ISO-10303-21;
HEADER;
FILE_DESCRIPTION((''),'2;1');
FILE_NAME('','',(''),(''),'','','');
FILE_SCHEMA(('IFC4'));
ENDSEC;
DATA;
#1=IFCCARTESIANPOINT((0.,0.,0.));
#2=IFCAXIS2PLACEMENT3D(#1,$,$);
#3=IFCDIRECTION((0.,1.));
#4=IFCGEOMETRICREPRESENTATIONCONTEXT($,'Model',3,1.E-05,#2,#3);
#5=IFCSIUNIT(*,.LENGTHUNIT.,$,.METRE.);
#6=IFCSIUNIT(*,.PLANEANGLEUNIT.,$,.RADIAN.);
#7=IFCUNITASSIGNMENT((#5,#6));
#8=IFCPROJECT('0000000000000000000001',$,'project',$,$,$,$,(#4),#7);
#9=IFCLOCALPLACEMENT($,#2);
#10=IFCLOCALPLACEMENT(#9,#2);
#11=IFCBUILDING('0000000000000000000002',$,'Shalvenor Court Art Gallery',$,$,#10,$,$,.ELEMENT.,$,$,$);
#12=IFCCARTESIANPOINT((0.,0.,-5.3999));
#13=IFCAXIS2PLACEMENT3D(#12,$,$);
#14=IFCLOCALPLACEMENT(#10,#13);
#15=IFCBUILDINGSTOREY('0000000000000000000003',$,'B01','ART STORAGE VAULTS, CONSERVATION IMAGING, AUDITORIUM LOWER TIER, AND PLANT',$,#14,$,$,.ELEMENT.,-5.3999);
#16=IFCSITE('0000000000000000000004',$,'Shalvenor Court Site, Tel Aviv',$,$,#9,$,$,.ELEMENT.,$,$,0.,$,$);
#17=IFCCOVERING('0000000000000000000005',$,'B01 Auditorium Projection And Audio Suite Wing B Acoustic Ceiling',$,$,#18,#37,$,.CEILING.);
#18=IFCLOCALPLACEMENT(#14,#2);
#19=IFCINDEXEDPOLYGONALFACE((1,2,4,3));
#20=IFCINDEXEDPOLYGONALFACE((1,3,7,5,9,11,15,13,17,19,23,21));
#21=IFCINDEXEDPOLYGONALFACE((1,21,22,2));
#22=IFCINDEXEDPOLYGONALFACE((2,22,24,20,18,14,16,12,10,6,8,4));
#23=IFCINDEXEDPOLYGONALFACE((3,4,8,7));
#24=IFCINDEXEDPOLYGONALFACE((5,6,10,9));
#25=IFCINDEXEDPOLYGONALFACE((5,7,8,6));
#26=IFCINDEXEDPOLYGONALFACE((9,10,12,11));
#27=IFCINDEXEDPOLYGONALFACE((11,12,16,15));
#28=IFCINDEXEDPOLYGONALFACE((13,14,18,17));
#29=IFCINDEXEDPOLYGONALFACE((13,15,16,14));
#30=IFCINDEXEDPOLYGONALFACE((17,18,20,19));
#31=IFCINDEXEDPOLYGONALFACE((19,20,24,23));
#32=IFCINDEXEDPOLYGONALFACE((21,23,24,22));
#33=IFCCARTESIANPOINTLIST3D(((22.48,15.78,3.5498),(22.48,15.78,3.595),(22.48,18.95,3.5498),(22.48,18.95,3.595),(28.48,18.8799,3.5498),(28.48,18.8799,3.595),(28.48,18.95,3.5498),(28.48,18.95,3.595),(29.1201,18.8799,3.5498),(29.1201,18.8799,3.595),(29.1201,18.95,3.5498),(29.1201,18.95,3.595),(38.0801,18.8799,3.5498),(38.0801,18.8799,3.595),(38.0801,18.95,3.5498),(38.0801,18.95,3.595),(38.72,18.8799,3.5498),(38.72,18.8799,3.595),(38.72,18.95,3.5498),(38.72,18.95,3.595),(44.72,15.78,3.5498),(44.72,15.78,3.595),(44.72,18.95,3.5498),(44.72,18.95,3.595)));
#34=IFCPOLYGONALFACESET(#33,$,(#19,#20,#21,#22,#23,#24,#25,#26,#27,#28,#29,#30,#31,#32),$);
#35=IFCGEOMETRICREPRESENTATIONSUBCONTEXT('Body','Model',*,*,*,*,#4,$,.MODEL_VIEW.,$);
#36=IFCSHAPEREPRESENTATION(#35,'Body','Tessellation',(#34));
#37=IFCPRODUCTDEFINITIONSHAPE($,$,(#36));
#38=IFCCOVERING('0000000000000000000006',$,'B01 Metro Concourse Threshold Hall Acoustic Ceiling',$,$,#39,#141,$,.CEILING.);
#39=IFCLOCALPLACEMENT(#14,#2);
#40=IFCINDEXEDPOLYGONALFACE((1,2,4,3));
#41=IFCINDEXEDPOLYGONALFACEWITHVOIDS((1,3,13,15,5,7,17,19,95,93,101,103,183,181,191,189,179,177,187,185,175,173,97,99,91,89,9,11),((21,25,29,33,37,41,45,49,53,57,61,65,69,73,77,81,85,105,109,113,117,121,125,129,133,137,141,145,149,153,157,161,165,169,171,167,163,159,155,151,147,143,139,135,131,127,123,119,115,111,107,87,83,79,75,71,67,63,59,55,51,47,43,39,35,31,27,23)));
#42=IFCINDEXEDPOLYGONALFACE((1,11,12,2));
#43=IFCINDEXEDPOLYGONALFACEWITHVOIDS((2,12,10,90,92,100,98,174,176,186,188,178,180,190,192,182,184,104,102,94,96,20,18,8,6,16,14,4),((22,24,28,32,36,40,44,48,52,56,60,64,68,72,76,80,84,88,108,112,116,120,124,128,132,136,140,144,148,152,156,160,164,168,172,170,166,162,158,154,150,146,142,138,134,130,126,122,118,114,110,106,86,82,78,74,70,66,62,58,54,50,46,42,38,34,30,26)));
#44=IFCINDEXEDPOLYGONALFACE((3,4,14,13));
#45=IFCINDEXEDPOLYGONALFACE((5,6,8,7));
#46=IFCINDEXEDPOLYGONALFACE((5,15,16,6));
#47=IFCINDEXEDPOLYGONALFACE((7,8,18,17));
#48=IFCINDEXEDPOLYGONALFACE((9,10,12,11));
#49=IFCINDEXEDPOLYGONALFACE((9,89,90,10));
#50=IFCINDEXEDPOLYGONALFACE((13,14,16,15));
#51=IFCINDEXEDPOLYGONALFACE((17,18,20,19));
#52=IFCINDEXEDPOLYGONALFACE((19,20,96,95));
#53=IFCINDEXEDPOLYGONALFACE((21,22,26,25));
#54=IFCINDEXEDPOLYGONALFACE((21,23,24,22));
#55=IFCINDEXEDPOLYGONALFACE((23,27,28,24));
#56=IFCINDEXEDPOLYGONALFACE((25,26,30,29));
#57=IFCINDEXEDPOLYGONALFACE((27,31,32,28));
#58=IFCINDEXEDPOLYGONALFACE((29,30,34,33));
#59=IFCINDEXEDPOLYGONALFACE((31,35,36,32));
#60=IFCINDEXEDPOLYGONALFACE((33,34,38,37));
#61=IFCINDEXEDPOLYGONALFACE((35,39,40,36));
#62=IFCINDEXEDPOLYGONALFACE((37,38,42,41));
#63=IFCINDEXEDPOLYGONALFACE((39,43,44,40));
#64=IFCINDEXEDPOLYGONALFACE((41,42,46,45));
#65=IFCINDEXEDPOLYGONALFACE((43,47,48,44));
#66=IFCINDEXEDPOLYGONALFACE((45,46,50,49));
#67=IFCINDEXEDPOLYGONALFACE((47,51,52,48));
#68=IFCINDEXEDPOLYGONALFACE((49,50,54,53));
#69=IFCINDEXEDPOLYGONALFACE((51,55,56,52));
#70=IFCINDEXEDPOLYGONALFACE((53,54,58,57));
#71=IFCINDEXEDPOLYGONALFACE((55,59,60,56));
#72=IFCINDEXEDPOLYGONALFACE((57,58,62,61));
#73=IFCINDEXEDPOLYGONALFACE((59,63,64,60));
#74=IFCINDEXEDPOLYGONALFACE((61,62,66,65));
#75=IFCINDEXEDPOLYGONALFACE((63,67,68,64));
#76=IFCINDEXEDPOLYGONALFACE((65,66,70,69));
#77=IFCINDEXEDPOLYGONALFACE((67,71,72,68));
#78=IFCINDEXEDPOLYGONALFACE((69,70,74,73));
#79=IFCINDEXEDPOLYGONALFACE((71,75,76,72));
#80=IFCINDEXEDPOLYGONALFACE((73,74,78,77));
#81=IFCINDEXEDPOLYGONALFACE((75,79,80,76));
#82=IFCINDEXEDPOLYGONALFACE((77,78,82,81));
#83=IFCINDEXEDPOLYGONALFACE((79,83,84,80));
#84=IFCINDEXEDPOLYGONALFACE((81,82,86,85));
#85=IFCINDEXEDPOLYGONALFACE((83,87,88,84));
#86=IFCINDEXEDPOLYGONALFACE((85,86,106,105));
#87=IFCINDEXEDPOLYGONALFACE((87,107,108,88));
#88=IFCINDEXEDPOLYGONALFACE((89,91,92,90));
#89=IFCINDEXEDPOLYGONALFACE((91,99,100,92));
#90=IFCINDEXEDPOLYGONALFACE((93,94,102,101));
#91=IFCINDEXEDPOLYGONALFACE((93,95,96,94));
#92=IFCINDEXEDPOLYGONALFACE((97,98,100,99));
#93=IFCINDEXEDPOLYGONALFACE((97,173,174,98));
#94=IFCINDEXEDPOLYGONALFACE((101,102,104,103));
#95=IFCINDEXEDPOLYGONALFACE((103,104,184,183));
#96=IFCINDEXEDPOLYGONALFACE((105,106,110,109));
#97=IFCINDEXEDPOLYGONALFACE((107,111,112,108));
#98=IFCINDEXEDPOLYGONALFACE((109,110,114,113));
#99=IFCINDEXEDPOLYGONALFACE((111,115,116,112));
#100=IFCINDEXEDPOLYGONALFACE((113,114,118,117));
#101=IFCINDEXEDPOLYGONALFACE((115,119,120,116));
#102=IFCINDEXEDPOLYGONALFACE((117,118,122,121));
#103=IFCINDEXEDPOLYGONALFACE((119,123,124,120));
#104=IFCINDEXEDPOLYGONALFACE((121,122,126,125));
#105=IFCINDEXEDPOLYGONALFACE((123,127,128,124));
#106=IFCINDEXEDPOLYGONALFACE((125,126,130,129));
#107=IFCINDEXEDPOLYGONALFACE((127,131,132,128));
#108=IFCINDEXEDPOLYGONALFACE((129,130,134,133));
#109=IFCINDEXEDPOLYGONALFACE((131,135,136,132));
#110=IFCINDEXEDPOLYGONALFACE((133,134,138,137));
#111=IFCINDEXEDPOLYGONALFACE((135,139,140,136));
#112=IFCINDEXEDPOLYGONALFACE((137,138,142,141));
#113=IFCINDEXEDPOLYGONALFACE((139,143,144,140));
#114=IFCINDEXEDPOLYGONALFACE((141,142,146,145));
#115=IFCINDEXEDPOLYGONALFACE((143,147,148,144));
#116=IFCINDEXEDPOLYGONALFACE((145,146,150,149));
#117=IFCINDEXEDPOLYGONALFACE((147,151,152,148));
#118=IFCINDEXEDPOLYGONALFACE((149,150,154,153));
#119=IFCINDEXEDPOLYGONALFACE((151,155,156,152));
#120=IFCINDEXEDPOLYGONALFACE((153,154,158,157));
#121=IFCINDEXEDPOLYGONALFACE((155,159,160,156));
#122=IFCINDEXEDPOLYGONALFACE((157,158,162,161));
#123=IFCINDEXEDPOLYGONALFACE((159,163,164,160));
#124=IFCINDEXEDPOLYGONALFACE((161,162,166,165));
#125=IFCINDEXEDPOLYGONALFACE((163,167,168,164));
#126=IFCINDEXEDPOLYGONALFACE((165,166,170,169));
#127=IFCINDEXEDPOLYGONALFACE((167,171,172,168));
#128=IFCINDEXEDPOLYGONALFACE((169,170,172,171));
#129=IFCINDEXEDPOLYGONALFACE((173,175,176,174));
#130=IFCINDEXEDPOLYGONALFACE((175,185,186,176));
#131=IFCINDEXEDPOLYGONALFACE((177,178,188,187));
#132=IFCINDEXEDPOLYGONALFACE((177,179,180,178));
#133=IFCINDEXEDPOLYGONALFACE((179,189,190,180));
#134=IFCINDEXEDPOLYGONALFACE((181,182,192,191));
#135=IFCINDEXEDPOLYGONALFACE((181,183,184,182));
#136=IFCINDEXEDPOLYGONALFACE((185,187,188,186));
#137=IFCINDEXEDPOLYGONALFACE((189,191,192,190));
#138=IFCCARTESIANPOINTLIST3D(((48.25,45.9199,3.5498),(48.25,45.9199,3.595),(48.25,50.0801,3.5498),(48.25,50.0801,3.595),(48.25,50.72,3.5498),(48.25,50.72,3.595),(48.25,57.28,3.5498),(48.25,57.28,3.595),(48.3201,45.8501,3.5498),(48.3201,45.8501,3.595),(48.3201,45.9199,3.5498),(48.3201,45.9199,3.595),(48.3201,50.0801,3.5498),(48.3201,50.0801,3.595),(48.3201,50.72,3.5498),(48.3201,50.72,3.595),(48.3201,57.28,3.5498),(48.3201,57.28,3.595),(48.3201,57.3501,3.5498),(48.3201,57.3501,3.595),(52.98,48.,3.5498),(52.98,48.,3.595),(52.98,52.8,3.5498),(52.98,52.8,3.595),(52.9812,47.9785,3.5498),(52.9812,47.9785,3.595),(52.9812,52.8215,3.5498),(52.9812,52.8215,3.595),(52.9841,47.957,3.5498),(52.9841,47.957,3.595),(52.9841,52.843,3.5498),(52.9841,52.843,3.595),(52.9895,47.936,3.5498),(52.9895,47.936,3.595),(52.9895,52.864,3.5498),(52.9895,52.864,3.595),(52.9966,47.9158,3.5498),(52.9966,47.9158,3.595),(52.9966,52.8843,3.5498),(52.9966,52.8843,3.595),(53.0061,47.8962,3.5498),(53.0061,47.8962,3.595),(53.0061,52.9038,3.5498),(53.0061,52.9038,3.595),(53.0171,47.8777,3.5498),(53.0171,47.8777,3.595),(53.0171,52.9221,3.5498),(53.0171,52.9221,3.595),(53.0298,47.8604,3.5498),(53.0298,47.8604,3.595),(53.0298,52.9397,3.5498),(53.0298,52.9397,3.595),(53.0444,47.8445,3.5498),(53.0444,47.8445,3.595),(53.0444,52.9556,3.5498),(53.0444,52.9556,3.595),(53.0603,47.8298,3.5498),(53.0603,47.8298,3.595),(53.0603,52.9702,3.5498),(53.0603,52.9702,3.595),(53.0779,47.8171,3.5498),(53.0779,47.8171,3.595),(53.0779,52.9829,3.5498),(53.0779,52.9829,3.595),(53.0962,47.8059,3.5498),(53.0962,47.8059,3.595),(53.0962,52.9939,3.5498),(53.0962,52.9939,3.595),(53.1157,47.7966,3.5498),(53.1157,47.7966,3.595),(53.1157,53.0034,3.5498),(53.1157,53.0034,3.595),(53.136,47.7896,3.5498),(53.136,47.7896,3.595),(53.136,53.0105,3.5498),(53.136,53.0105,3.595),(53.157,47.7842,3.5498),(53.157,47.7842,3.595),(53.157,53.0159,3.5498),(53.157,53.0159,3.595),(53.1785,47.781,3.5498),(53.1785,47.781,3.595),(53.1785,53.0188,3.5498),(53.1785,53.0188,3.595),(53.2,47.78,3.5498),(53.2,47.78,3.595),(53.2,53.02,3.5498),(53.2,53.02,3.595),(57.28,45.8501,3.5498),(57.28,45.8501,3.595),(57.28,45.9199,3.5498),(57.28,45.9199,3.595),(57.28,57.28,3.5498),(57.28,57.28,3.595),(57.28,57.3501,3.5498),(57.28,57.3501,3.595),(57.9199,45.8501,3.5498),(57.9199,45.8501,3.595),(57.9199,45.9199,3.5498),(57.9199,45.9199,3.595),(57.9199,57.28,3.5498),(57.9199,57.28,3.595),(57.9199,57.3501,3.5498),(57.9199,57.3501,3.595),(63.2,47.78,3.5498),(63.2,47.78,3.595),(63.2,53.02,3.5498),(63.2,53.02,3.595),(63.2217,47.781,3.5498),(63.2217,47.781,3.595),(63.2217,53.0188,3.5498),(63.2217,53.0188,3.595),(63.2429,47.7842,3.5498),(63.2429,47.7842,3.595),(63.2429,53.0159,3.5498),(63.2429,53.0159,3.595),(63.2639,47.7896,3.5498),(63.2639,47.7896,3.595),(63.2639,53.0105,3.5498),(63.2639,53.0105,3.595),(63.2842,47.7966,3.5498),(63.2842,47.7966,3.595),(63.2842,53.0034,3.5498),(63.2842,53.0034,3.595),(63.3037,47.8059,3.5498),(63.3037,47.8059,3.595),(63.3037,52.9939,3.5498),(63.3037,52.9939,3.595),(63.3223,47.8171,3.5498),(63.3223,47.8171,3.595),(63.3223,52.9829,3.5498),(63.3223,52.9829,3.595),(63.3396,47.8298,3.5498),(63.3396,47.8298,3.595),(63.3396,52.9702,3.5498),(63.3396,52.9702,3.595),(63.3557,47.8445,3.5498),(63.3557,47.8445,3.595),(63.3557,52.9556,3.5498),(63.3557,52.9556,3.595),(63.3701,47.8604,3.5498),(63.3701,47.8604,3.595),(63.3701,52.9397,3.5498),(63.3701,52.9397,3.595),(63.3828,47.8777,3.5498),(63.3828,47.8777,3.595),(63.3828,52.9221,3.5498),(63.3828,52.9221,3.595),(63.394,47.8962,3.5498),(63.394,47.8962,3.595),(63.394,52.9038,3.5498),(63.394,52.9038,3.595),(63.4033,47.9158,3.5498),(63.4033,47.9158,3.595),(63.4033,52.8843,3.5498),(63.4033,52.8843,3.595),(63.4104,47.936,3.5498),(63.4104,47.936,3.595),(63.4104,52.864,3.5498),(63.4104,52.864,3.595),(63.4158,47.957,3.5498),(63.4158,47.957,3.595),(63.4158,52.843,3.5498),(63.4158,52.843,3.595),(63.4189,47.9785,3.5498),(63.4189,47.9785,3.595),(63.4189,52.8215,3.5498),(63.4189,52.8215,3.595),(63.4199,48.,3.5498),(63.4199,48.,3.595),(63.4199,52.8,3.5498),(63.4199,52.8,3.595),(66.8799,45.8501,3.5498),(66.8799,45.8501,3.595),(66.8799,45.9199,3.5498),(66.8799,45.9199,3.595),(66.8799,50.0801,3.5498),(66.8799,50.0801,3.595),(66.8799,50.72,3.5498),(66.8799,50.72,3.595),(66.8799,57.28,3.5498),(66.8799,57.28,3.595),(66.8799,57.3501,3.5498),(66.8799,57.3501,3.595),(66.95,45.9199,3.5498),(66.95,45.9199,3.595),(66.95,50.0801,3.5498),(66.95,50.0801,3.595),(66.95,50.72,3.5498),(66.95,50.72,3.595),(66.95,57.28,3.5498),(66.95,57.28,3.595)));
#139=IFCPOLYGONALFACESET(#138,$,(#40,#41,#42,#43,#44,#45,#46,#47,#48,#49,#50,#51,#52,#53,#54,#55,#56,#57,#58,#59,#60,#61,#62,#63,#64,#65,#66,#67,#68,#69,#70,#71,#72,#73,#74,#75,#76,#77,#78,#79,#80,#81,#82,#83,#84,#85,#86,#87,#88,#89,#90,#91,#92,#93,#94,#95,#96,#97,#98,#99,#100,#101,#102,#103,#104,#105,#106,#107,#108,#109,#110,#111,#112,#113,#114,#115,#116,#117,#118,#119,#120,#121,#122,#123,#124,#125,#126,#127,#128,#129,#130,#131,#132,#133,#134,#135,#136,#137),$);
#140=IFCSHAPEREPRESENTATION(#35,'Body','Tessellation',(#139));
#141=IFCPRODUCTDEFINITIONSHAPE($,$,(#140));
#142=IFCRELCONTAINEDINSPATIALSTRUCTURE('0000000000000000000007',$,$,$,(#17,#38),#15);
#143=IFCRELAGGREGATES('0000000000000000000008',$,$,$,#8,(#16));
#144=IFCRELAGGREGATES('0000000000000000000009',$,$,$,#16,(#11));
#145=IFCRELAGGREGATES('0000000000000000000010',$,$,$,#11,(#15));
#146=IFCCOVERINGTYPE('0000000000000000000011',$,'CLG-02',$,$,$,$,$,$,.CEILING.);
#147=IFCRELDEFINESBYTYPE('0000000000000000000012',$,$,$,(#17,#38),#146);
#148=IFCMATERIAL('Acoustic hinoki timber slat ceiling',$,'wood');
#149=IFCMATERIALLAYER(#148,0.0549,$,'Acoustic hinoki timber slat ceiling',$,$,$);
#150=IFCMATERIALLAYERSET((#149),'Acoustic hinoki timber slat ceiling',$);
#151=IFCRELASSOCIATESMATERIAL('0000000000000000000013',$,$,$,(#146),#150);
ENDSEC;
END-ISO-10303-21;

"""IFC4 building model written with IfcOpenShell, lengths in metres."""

from ifc_helpers import new_model, si_unit, direction, frame, origin, place, context, subcontext, project, spatial, polyline, outline, extrude, material, layer, layer_set, type_object, element, save


model = new_model("IFC4")

# Units and contexts
model_context = context("Model", 3, precision=1e-05, world=origin(), true_north=direction((0.0, 1.0)))
body_context = subcontext(model_context, "Body", "Model", "MODEL_VIEW")
ifc_project = project(units=[si_unit("LENGTHUNIT", "METRE"), si_unit("PLANEANGLEUNIT", "RADIAN")], contexts=[model_context])

# Site, building, storey
site_placement = place(None, origin())
site = spatial("IfcSite", under=ifc_project, at=site_placement, Name="Shalvenor Court Site, Tel Aviv", CompositionType="ELEMENT", RefElevation=0.0)
building_placement = place(site_placement, origin())
building = spatial("IfcBuilding", under=site, at=building_placement, Name="Shalvenor Court Art Gallery", CompositionType="ELEMENT")
storey_placement = place(building_placement, frame((0.0, 0.0, -5.3999)))
storey = spatial("IfcBuildingStorey", under=building, at=storey_placement, Name="B01", Description="ART STORAGE VAULTS, CONSERVATION IMAGING, AUDITORIUM LOWER TIER, AND PLANT", CompositionType="ELEMENT", Elevation=-5.3999)

# Coverings
ifc_material_1 = material(Name="Acoustic hinoki timber slat ceiling", Category="wood")
ifc_layer_1 = layer(ifc_material_1, 0.0549, Name="Acoustic hinoki timber slat ceiling")
ifc_layer_set_1 = layer_set([ifc_layer_1], Name="Acoustic hinoki timber slat ceiling")
covering_type_1 = type_object("IfcCoveringType", Name="CLG-02", PredefinedType="CEILING", material=ifc_layer_set_1)
covering_1_placement = place(storey_placement, frame((0.0, 0.0, 3.5498)))
element("IfcCovering", 1, at=covering_1_placement, inside=storey, type_object=covering_type_1, Name="B01 Auditorium Projection And Audio Suite Wing B Acoustic Ceiling", PredefinedType="CEILING", context=body_context, shape_type="SweptSolid", body=[
    extrude(outline(polyline([(44.72, 15.78), (22.48, 15.78), (22.48, 18.95), (28.48, 18.95), (28.48, 18.8799), (29.1201, 18.8799), (29.1201, 18.95), (38.0801, 18.95), (38.0801, 18.8799), (38.72, 18.8799), (38.72, 18.95), (44.72, 18.95), (44.72, 15.78)])), origin(), (0.0, 0.0, 1.0), 0.0452),
])
covering_2_placement = place(storey_placement, frame((0.0, 0.0, 3.5498)))
element("IfcCovering", 2, at=covering_2_placement, inside=storey, type_object=covering_type_1, Name="B01 Metro Concourse Threshold Hall Acoustic Ceiling", PredefinedType="CEILING", context=body_context, shape_type="SweptSolid", body=[
    extrude(outline(polyline([(57.28, 57.3501), (57.28, 57.28), (57.9199, 57.28), (57.9199, 57.3501), (66.8799, 57.3501), (66.8799, 57.28), (66.95, 57.28), (66.95, 50.72), (66.8799, 50.72), (66.8799, 50.0801), (66.95, 50.0801), (66.95, 45.9199), (66.8799, 45.9199), (66.8799, 45.8501), (57.9199, 45.8501), (57.9199, 45.9199), (57.28, 45.9199), (57.28, 45.8501), (48.3201, 45.8501), (48.3201, 45.9199), (48.25, 45.9199), (48.25, 50.0801), (48.3201, 50.0801), (48.3201, 50.72), (48.25, 50.72), (48.25, 57.28), (48.3201, 57.28), (48.3201, 57.3501), (57.28, 57.3501)]), holes=[polyline([(53.2, 47.78), (63.2, 47.78), (63.2217, 47.781), (63.2429, 47.7842), (63.2639, 47.7896), (63.2842, 47.7966), (63.3037, 47.8059), (63.3223, 47.8171), (63.3396, 47.8298), (63.3557, 47.8445), (63.3701, 47.8604), (63.3828, 47.8777), (63.394, 47.8962), (63.4033, 47.9158), (63.4104, 47.936), (63.4158, 47.957), (63.4189, 47.9785), (63.4199, 48.0), (63.4199, 52.8), (63.4189, 52.8215), (63.4158, 52.843), (63.4104, 52.864), (63.4033, 52.8843), (63.394, 52.9038), (63.3828, 52.9221), (63.3701, 52.9397), (63.3557, 52.9556), (63.3396, 52.9702), (63.3223, 52.9829), (63.3037, 52.9939), (63.2842, 53.0034), (63.2639, 53.0105), (63.2429, 53.0159), (63.2217, 53.0188), (63.2, 53.02), (53.2, 53.02), (53.1785, 53.0188), (53.157, 53.0159), (53.136, 53.0105), (53.1157, 53.0034), (53.0962, 52.9939), (53.0779, 52.9829), (53.0603, 52.9702), (53.0444, 52.9556), (53.0298, 52.9397), (53.0171, 52.9221), (53.0061, 52.9038), (52.9966, 52.8843), (52.9895, 52.864), (52.9841, 52.843), (52.9812, 52.8215), (52.98, 52.8), (52.98, 48.0), (52.9812, 47.9785), (52.9841, 47.957), (52.9895, 47.936), (52.9966, 47.9158), (53.0061, 47.8962), (53.0171, 47.8777), (53.0298, 47.8604), (53.0444, 47.8445), (53.0603, 47.8298), (53.0779, 47.8171), (53.0962, 47.8059), (53.1157, 47.7966), (53.136, 47.7896), (53.157, 47.7842), (53.1785, 47.781), (53.2, 47.78)])]), origin(), (0.0, 0.0, 1.0), 0.0452),
])

save(model, "model.ifc")
